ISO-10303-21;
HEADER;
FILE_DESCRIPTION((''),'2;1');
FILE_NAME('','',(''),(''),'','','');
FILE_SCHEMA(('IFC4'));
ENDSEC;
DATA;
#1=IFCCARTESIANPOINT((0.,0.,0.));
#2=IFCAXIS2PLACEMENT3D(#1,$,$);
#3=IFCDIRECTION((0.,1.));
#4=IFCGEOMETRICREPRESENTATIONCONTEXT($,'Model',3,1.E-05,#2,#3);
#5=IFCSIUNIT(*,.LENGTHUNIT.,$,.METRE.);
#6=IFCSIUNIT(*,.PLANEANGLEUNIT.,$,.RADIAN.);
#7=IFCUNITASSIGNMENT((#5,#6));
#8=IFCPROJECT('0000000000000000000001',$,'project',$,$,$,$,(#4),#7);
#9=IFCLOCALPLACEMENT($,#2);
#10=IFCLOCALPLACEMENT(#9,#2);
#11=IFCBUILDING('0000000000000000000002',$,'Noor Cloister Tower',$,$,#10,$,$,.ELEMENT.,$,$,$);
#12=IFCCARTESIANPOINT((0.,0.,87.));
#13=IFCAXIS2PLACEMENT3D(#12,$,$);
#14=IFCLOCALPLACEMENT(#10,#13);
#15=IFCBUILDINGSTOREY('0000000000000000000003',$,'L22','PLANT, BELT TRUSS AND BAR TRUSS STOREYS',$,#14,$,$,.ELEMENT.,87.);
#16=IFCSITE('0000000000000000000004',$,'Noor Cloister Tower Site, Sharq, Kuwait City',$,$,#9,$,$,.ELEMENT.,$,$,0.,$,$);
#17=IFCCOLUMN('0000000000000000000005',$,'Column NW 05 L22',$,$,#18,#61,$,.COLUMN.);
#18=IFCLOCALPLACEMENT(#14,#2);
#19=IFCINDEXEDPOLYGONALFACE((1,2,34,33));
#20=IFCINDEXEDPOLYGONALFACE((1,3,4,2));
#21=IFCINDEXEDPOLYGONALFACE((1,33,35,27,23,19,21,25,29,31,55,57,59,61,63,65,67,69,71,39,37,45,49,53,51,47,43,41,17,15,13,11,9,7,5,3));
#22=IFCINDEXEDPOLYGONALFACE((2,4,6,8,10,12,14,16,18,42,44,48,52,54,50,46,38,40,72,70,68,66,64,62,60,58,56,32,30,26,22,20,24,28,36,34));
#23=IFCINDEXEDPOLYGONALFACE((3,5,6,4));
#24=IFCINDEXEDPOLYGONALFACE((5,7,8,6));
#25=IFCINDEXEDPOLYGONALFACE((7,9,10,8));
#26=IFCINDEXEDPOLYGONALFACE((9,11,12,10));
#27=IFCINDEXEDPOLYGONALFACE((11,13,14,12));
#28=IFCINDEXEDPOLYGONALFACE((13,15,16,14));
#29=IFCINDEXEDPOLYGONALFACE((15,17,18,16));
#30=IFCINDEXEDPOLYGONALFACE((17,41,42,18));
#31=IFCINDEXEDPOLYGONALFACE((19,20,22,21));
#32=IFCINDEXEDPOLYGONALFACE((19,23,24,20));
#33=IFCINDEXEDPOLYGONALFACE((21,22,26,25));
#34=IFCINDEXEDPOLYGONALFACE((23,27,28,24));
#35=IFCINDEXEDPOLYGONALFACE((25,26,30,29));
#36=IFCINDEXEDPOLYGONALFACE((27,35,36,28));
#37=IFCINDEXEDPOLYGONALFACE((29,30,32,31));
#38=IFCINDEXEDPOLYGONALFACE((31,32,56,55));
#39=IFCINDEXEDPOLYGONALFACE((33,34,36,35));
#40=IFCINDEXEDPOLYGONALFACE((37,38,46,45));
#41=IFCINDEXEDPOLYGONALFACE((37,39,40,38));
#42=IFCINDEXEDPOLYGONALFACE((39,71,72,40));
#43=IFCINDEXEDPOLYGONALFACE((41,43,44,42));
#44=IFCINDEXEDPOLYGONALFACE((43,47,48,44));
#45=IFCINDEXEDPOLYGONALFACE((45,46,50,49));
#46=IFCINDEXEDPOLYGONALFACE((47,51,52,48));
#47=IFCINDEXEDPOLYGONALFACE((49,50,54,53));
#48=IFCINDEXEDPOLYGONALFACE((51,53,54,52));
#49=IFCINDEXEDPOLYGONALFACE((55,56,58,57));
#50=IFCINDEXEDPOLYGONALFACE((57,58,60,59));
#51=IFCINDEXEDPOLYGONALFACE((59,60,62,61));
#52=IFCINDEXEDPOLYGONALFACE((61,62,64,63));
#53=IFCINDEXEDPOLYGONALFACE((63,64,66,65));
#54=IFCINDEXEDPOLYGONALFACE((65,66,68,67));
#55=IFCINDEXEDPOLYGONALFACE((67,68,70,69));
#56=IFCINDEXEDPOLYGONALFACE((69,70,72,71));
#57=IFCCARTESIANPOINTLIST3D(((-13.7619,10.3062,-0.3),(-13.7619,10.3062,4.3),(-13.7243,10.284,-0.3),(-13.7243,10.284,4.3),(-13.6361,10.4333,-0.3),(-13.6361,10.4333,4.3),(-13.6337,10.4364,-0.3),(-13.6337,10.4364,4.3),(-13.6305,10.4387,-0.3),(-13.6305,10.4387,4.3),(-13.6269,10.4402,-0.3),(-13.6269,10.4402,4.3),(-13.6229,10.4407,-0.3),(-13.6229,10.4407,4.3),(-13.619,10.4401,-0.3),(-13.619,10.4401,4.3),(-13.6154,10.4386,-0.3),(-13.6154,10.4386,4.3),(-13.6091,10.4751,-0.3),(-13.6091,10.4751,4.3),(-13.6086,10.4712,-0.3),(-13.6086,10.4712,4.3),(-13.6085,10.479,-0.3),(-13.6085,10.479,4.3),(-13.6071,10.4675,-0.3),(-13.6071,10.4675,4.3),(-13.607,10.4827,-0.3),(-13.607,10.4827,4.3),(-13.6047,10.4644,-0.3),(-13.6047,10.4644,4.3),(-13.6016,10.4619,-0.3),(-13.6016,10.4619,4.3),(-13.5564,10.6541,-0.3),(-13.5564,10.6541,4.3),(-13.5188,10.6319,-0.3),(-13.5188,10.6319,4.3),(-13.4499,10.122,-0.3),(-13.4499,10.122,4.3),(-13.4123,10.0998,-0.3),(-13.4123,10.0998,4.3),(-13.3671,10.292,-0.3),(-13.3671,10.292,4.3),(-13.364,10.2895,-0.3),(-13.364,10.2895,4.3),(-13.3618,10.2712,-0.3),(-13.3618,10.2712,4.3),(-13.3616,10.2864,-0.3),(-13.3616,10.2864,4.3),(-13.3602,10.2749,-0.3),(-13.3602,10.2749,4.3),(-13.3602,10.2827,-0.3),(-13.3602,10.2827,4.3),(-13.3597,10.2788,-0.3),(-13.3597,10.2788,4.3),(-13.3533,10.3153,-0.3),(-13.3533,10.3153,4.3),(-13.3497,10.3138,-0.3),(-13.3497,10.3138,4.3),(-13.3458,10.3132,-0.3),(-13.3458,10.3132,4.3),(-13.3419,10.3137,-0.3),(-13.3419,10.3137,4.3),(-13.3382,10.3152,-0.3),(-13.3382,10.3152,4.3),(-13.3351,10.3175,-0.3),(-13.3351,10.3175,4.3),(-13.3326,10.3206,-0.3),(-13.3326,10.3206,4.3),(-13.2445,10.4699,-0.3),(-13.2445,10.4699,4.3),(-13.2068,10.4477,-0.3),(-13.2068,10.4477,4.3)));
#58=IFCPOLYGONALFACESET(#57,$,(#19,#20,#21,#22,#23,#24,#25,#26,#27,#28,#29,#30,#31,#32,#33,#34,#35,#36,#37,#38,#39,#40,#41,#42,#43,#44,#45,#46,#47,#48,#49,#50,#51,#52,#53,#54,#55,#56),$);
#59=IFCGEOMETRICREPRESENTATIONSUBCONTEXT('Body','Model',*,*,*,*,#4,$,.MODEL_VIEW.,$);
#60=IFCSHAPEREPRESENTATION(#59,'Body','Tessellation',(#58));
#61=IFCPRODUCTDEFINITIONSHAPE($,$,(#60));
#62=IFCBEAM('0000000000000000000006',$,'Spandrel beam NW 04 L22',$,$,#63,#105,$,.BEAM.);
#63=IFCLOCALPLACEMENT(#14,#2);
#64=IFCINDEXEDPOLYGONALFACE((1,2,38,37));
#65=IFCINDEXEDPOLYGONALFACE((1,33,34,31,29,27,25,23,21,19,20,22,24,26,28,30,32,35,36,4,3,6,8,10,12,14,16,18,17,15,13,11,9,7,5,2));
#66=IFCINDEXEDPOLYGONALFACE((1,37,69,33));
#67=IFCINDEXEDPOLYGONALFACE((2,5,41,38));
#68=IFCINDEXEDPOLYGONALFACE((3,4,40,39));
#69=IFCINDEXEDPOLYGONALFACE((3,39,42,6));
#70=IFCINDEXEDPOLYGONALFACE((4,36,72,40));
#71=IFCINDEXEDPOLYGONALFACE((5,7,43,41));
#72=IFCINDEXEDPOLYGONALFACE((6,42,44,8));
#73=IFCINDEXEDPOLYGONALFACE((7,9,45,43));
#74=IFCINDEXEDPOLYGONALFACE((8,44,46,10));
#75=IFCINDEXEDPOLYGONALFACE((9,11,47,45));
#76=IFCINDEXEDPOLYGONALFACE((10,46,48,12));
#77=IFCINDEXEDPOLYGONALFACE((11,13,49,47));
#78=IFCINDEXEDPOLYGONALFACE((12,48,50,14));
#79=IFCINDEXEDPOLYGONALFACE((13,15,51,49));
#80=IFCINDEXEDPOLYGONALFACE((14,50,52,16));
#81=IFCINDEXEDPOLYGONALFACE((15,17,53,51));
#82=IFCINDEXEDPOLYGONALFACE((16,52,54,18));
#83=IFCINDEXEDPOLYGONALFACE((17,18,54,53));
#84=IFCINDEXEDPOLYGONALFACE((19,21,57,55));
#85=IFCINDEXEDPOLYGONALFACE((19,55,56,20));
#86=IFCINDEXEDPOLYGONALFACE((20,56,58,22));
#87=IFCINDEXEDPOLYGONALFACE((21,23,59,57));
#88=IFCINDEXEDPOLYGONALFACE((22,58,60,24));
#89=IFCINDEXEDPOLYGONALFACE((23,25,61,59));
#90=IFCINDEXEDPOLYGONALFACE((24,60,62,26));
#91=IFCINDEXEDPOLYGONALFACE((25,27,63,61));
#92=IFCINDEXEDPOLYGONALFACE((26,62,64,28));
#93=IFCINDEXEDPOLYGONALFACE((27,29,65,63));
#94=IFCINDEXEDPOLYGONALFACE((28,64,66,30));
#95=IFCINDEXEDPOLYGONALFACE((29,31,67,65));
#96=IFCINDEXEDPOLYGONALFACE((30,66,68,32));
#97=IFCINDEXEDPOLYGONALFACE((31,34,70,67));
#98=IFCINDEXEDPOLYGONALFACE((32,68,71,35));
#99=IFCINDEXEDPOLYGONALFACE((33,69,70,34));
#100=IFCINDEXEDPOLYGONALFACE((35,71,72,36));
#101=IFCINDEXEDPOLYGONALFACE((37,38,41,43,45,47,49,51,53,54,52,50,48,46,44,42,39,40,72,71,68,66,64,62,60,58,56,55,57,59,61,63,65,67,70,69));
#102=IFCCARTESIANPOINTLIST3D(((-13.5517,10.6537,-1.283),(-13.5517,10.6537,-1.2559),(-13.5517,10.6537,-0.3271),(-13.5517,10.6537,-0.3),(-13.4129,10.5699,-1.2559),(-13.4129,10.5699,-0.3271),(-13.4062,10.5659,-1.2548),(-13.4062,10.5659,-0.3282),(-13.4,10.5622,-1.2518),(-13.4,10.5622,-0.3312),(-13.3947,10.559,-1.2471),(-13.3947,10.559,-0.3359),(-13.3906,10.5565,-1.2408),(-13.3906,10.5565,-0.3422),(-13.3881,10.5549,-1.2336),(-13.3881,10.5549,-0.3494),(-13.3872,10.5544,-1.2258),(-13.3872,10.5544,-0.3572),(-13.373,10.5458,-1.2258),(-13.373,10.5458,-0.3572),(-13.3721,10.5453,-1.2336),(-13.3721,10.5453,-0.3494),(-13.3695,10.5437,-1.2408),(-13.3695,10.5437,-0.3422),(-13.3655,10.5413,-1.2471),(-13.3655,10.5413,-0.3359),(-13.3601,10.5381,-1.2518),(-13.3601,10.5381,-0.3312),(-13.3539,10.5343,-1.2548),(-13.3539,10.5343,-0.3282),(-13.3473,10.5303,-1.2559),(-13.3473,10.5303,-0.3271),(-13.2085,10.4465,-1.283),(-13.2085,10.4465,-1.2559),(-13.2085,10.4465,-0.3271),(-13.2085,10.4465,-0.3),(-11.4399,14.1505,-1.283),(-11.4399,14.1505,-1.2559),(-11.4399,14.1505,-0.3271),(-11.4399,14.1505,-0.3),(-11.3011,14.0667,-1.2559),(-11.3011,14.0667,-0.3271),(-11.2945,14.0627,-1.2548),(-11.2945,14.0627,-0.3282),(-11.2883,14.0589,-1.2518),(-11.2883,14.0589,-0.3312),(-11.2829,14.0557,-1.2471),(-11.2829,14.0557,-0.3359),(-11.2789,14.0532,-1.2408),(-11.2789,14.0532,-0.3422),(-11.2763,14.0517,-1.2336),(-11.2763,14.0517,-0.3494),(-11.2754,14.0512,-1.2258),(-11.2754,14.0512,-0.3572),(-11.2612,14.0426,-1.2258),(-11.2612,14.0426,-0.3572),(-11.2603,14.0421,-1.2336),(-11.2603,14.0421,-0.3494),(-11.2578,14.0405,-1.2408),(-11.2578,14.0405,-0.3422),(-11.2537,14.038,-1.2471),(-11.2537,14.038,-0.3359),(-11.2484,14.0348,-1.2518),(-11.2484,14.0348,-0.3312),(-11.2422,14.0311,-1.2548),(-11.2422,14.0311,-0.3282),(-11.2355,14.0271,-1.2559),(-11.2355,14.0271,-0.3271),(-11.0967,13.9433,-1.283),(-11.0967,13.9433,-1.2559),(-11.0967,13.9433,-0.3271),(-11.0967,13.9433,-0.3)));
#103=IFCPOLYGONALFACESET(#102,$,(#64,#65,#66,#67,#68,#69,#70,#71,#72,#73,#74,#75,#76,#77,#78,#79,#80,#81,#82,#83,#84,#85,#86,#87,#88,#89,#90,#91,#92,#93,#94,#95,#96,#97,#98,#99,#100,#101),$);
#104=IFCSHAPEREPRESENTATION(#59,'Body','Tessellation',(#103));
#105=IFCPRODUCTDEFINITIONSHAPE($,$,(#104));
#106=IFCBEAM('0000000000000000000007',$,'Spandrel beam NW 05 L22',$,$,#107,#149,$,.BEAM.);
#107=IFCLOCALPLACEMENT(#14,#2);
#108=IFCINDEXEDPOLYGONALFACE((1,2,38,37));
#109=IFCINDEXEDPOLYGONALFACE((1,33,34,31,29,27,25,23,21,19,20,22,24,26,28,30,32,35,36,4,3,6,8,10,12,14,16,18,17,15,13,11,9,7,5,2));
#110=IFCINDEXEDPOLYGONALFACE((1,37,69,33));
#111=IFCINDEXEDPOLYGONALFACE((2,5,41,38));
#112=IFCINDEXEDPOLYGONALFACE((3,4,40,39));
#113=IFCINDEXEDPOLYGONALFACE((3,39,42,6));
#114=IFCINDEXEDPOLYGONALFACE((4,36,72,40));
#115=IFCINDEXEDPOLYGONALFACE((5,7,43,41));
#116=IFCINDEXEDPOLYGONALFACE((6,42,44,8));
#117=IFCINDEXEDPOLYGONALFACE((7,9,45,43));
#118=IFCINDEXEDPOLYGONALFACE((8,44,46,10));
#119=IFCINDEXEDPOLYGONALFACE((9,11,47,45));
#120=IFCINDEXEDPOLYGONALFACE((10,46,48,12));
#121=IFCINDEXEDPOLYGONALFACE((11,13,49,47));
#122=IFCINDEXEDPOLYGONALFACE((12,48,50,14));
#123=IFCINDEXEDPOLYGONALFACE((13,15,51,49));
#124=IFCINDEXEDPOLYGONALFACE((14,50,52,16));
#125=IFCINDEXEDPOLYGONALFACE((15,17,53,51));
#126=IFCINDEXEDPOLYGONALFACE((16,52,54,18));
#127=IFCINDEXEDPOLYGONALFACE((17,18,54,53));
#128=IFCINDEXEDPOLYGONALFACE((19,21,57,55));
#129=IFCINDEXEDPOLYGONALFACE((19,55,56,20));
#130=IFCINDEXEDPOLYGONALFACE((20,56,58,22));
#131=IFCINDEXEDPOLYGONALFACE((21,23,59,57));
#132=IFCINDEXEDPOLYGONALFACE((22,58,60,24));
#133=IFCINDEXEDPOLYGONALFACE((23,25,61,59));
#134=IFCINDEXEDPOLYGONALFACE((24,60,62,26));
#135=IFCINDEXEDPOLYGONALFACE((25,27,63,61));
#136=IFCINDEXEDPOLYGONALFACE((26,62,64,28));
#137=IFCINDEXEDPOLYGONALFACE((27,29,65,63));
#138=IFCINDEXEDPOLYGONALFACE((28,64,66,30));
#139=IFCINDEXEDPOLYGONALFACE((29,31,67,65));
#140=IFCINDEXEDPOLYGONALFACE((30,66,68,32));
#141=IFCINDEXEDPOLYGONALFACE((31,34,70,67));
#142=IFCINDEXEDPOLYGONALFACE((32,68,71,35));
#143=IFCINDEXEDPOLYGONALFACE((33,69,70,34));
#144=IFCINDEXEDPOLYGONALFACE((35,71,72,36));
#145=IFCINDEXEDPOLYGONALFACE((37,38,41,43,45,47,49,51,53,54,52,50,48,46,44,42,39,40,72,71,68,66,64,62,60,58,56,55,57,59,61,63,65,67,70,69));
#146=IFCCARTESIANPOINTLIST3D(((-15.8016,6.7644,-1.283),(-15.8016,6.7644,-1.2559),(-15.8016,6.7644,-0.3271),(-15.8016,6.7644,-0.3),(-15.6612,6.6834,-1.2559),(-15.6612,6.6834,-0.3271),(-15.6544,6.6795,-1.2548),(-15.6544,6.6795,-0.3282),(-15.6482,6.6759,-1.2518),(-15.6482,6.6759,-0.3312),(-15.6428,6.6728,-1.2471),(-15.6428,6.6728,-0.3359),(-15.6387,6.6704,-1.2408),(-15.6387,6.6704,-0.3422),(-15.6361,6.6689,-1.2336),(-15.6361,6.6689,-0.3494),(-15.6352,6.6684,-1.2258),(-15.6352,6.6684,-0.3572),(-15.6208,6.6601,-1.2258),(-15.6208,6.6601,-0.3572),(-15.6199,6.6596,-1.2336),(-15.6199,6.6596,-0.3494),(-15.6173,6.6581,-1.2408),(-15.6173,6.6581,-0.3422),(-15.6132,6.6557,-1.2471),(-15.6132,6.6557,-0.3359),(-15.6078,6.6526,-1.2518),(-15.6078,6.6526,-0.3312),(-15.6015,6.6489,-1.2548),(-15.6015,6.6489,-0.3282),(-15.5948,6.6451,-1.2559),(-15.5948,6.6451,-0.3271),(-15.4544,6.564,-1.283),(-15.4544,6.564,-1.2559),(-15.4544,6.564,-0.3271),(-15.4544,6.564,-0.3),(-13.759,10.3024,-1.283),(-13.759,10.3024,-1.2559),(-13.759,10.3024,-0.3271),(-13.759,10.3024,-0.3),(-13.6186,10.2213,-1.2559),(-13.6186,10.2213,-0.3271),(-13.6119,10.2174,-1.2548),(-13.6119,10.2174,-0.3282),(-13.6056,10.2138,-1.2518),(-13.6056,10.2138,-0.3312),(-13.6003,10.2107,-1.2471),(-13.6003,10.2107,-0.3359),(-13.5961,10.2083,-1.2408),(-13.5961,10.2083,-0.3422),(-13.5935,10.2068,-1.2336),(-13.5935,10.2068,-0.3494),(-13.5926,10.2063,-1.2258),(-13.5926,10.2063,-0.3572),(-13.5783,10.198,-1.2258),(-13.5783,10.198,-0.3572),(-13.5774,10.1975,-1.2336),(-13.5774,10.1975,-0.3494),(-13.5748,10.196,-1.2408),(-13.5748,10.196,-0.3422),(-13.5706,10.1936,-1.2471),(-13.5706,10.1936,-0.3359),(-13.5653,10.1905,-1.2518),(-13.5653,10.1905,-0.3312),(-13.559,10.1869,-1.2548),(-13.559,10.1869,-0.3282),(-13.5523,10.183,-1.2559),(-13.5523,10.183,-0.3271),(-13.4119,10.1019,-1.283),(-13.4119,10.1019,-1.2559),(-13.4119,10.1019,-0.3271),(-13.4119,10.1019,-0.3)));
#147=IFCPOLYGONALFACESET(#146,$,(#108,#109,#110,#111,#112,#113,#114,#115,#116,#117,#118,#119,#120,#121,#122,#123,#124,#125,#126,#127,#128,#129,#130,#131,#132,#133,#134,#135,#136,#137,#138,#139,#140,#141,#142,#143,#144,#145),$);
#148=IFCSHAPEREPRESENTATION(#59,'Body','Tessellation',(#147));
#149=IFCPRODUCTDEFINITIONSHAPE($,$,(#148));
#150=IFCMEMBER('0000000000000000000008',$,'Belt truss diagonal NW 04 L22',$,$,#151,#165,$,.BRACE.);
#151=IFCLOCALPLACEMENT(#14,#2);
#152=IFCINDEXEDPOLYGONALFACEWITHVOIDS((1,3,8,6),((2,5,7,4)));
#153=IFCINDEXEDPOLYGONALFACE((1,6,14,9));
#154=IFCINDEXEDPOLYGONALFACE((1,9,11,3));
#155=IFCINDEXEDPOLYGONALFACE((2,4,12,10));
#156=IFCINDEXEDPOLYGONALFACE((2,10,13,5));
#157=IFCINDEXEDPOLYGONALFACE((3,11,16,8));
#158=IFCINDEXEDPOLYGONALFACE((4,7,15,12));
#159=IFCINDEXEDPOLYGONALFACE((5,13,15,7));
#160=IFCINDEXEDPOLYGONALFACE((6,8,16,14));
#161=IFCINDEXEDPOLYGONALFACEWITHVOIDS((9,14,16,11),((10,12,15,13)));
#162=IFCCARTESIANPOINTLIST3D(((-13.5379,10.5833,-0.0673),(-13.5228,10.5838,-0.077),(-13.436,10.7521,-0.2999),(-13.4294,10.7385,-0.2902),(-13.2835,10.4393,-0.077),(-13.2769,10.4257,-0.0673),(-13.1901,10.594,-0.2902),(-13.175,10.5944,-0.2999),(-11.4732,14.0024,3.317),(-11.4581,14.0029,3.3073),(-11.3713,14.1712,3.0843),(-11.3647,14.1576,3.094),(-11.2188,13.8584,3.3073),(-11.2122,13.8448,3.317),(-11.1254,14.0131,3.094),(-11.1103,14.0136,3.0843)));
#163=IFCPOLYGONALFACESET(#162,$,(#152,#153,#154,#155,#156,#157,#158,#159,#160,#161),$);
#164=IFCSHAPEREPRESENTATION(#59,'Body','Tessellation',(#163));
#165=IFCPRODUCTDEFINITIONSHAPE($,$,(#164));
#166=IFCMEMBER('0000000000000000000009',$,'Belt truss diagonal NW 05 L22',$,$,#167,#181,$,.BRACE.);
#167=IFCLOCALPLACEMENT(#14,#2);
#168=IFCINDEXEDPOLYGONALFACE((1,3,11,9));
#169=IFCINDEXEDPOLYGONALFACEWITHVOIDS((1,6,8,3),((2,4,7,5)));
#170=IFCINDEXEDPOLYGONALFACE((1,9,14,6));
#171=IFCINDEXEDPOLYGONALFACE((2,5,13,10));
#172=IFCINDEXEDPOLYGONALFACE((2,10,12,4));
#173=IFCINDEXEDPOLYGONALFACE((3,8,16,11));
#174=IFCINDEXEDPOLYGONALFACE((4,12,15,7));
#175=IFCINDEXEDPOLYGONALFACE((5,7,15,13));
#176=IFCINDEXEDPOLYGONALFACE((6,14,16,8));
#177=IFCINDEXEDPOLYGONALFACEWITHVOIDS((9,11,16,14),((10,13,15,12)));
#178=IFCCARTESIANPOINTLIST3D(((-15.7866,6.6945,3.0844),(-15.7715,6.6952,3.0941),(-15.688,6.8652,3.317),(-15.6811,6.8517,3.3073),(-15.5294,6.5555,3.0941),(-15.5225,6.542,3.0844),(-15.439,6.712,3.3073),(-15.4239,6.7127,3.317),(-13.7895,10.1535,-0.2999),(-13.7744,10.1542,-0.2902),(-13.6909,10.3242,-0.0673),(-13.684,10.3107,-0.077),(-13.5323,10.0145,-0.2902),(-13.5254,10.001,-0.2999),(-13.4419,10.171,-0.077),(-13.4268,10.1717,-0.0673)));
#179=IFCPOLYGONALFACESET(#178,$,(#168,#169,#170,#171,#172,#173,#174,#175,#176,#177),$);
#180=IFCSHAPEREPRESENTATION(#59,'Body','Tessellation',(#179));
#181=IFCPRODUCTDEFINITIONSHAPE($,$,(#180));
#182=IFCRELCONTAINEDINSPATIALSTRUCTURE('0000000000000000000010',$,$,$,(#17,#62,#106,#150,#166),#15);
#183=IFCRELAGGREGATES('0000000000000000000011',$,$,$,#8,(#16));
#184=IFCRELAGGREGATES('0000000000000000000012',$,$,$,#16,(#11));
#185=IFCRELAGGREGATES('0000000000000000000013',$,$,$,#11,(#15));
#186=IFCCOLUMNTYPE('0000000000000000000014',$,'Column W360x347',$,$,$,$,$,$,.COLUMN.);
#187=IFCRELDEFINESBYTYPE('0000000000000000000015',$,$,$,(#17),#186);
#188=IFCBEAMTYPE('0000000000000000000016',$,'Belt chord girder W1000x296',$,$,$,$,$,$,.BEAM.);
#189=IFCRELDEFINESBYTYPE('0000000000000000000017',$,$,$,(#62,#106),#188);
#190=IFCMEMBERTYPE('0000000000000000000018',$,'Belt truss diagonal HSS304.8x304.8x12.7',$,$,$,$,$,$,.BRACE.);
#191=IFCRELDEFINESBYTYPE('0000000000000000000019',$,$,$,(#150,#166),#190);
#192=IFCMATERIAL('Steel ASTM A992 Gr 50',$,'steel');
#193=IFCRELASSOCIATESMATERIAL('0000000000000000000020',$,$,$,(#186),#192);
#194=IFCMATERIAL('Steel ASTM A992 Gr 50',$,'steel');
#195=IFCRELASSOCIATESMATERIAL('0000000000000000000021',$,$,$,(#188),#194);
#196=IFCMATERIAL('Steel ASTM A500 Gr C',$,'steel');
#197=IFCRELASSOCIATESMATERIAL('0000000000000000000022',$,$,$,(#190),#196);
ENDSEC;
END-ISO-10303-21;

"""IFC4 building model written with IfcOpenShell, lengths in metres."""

from ifc_helpers import new_model, si_unit, direction, frame, origin, origin_2d, place, context, subcontext, project, spatial, hollow_rectangle, i_section, extrude, material, material_profile, profile_set, type_object, element, save


model = new_model("IFC4")

# Units and contexts
model_context = context("Model", 3, precision=1e-05, world=origin(), true_north=direction((0.0, 1.0)))
body_context = subcontext(model_context, "Body", "Model", "MODEL_VIEW")
ifc_project = project(units=[si_unit("LENGTHUNIT", "METRE"), si_unit("PLANEANGLEUNIT", "RADIAN")], contexts=[model_context])

# Site, building, storey
site_placement = place(None, origin())
site = spatial("IfcSite", under=ifc_project, at=site_placement, Name="Noor Cloister Tower Site, Sharq, Kuwait City", CompositionType="ELEMENT", RefElevation=0.0)
building_placement = place(site_placement, origin())
building = spatial("IfcBuilding", under=site, at=building_placement, Name="Noor Cloister Tower", CompositionType="ELEMENT")
storey_placement = place(building_placement, frame((0.0, 0.0, 87.0)))
storey = spatial("IfcBuildingStorey", under=building, at=storey_placement, Name="L22", Description="PLANT, BELT TRUSS AND BAR TRUSS STOREYS", CompositionType="ELEMENT", Elevation=87.0)

# Column
ifc_material_1 = material(Name="Steel ASTM A992 Gr 50", Category="steel")
ifc_material_profile_1 = material_profile(ifc_material_1, i_section(OverallWidth=0.4041, OverallDepth=0.406, WebThickness=0.0271, FlangeThickness=0.0437, FilletRadius=0.0151, at=origin_2d()), Name="W360x347")
ifc_profile_set_1 = profile_set([ifc_material_profile_1], Name="Steel ASTM A992 Gr 50")
column_type = type_object("IfcColumnType", Name="Column W360x347", PredefinedType="COLUMN", material=ifc_profile_set_1)
column_placement = place(storey_placement, frame((-13.4844, 10.377, -0.3), z_axis=(0.0, 0.0, 1.0), x_axis=(-0.508499, -0.861063, 0.0)))
element("IfcColumn", 1, at=column_placement, inside=storey, type_object=column_type, Name="Column NW 05 L22", PredefinedType="COLUMN", context=body_context, shape_type="SweptSolid", body=[
    extrude(i_section(OverallWidth=0.4041, OverallDepth=0.406, WebThickness=0.0271, FlangeThickness=0.0437, FilletRadius=0.0151, at=origin_2d()), origin(), (0.0, 0.0, 1.0), 4.6001),
])

# Beams
ifc_material_2 = material(Name="Steel ASTM A992 Gr 50", Category="steel")
ifc_material_profile_2 = material_profile(ifc_material_2, i_section(OverallWidth=0.4009, OverallDepth=0.9829, WebThickness=0.0166, FlangeThickness=0.0271, FilletRadius=0.03, at=origin_2d()), Name="W1000x296")
ifc_profile_set_2 = profile_set([ifc_material_profile_2], Name="Steel ASTM A992 Gr 50")
beam_type = type_object("IfcBeamType", Name="Belt chord girder W1000x296", PredefinedType="BEAM", material=ifc_profile_set_2)
beam_1_placement = place(storey_placement, frame((-11.2683, 14.0469, -0.7915), z_axis=(-0.516963, -0.856008, 0.0), x_axis=(0.856008, -0.516963, 0.0)))
element("IfcBeam", 2, at=beam_1_placement, inside=storey, type_object=beam_type, Name="Spandrel beam NW 04 L22", PredefinedType="BEAM", context=body_context, shape_type="SweptSolid", body=[
    extrude(i_section(OverallWidth=0.4009, OverallDepth=0.9829, WebThickness=0.0166, FlangeThickness=0.0271, FilletRadius=0.03, at=origin_2d()), origin(), (0.0, 0.0, 1.0), 4.085),
])
beam_2_placement = place(storey_placement, frame((-13.5854, 10.2021, -0.7915), z_axis=(-0.499983, -0.866035, 0.0), x_axis=(0.866035, -0.499983, 0.0)))
element("IfcBeam", 3, at=beam_2_placement, inside=storey, type_object=beam_type, Name="Spandrel beam NW 05 L22", PredefinedType="BEAM", context=body_context, shape_type="SweptSolid", body=[
    extrude(i_section(OverallWidth=0.4009, OverallDepth=0.9829, WebThickness=0.0166, FlangeThickness=0.0271, FilletRadius=0.03, at=origin_2d()), origin(), (0.0, 0.0, 1.0), 4.0852),
])

# Members
ifc_material_3 = material(Name="Steel ASTM A500 Gr C", Category="steel")
ifc_material_profile_3 = material_profile(ifc_material_3, hollow_rectangle(XDim=0.3049, YDim=0.3049, WallThickness=0.0127, at=origin_2d()), Name="HSS304.8x304.8x12.7")
ifc_profile_set_3 = profile_set([ifc_material_profile_3], Name="Steel ASTM A500 Gr C")
member_type_1 = type_object("IfcMemberType", Name="Belt truss diagonal HSS304.8x304.8x12.7", PredefinedType="BRACE", material=ifc_profile_set_3)
for number, where, z_axis, x_axis, name in (
    (4, (-13.3564, 10.5889, -0.1836), (0.394389, 0.653117, 0.646448), (-0.856033, 0.516921, 0.0), "Belt truss diagonal NW 04 L22"),
    (5, (-13.6082, 10.1626, -0.1836), (-0.381478, -0.66073, 0.64646), (0.866023, -0.500005, 0.0), "Belt truss diagonal NW 05 L22"),
):
    element("IfcMember", number, at=place(storey_placement, frame(where, z_axis=z_axis, x_axis=x_axis)), inside=storey, type_object=member_type_1, Name=name, PredefinedType="BRACE", context=body_context, shape_type="SweptSolid", body=[
        extrude(hollow_rectangle(XDim=0.3049, YDim=0.3049, WallThickness=0.0127, at=origin_2d()), origin(), (0.0, 0.0, 1.0), 5.2351),
    ])

save(model, "model.ifc")
